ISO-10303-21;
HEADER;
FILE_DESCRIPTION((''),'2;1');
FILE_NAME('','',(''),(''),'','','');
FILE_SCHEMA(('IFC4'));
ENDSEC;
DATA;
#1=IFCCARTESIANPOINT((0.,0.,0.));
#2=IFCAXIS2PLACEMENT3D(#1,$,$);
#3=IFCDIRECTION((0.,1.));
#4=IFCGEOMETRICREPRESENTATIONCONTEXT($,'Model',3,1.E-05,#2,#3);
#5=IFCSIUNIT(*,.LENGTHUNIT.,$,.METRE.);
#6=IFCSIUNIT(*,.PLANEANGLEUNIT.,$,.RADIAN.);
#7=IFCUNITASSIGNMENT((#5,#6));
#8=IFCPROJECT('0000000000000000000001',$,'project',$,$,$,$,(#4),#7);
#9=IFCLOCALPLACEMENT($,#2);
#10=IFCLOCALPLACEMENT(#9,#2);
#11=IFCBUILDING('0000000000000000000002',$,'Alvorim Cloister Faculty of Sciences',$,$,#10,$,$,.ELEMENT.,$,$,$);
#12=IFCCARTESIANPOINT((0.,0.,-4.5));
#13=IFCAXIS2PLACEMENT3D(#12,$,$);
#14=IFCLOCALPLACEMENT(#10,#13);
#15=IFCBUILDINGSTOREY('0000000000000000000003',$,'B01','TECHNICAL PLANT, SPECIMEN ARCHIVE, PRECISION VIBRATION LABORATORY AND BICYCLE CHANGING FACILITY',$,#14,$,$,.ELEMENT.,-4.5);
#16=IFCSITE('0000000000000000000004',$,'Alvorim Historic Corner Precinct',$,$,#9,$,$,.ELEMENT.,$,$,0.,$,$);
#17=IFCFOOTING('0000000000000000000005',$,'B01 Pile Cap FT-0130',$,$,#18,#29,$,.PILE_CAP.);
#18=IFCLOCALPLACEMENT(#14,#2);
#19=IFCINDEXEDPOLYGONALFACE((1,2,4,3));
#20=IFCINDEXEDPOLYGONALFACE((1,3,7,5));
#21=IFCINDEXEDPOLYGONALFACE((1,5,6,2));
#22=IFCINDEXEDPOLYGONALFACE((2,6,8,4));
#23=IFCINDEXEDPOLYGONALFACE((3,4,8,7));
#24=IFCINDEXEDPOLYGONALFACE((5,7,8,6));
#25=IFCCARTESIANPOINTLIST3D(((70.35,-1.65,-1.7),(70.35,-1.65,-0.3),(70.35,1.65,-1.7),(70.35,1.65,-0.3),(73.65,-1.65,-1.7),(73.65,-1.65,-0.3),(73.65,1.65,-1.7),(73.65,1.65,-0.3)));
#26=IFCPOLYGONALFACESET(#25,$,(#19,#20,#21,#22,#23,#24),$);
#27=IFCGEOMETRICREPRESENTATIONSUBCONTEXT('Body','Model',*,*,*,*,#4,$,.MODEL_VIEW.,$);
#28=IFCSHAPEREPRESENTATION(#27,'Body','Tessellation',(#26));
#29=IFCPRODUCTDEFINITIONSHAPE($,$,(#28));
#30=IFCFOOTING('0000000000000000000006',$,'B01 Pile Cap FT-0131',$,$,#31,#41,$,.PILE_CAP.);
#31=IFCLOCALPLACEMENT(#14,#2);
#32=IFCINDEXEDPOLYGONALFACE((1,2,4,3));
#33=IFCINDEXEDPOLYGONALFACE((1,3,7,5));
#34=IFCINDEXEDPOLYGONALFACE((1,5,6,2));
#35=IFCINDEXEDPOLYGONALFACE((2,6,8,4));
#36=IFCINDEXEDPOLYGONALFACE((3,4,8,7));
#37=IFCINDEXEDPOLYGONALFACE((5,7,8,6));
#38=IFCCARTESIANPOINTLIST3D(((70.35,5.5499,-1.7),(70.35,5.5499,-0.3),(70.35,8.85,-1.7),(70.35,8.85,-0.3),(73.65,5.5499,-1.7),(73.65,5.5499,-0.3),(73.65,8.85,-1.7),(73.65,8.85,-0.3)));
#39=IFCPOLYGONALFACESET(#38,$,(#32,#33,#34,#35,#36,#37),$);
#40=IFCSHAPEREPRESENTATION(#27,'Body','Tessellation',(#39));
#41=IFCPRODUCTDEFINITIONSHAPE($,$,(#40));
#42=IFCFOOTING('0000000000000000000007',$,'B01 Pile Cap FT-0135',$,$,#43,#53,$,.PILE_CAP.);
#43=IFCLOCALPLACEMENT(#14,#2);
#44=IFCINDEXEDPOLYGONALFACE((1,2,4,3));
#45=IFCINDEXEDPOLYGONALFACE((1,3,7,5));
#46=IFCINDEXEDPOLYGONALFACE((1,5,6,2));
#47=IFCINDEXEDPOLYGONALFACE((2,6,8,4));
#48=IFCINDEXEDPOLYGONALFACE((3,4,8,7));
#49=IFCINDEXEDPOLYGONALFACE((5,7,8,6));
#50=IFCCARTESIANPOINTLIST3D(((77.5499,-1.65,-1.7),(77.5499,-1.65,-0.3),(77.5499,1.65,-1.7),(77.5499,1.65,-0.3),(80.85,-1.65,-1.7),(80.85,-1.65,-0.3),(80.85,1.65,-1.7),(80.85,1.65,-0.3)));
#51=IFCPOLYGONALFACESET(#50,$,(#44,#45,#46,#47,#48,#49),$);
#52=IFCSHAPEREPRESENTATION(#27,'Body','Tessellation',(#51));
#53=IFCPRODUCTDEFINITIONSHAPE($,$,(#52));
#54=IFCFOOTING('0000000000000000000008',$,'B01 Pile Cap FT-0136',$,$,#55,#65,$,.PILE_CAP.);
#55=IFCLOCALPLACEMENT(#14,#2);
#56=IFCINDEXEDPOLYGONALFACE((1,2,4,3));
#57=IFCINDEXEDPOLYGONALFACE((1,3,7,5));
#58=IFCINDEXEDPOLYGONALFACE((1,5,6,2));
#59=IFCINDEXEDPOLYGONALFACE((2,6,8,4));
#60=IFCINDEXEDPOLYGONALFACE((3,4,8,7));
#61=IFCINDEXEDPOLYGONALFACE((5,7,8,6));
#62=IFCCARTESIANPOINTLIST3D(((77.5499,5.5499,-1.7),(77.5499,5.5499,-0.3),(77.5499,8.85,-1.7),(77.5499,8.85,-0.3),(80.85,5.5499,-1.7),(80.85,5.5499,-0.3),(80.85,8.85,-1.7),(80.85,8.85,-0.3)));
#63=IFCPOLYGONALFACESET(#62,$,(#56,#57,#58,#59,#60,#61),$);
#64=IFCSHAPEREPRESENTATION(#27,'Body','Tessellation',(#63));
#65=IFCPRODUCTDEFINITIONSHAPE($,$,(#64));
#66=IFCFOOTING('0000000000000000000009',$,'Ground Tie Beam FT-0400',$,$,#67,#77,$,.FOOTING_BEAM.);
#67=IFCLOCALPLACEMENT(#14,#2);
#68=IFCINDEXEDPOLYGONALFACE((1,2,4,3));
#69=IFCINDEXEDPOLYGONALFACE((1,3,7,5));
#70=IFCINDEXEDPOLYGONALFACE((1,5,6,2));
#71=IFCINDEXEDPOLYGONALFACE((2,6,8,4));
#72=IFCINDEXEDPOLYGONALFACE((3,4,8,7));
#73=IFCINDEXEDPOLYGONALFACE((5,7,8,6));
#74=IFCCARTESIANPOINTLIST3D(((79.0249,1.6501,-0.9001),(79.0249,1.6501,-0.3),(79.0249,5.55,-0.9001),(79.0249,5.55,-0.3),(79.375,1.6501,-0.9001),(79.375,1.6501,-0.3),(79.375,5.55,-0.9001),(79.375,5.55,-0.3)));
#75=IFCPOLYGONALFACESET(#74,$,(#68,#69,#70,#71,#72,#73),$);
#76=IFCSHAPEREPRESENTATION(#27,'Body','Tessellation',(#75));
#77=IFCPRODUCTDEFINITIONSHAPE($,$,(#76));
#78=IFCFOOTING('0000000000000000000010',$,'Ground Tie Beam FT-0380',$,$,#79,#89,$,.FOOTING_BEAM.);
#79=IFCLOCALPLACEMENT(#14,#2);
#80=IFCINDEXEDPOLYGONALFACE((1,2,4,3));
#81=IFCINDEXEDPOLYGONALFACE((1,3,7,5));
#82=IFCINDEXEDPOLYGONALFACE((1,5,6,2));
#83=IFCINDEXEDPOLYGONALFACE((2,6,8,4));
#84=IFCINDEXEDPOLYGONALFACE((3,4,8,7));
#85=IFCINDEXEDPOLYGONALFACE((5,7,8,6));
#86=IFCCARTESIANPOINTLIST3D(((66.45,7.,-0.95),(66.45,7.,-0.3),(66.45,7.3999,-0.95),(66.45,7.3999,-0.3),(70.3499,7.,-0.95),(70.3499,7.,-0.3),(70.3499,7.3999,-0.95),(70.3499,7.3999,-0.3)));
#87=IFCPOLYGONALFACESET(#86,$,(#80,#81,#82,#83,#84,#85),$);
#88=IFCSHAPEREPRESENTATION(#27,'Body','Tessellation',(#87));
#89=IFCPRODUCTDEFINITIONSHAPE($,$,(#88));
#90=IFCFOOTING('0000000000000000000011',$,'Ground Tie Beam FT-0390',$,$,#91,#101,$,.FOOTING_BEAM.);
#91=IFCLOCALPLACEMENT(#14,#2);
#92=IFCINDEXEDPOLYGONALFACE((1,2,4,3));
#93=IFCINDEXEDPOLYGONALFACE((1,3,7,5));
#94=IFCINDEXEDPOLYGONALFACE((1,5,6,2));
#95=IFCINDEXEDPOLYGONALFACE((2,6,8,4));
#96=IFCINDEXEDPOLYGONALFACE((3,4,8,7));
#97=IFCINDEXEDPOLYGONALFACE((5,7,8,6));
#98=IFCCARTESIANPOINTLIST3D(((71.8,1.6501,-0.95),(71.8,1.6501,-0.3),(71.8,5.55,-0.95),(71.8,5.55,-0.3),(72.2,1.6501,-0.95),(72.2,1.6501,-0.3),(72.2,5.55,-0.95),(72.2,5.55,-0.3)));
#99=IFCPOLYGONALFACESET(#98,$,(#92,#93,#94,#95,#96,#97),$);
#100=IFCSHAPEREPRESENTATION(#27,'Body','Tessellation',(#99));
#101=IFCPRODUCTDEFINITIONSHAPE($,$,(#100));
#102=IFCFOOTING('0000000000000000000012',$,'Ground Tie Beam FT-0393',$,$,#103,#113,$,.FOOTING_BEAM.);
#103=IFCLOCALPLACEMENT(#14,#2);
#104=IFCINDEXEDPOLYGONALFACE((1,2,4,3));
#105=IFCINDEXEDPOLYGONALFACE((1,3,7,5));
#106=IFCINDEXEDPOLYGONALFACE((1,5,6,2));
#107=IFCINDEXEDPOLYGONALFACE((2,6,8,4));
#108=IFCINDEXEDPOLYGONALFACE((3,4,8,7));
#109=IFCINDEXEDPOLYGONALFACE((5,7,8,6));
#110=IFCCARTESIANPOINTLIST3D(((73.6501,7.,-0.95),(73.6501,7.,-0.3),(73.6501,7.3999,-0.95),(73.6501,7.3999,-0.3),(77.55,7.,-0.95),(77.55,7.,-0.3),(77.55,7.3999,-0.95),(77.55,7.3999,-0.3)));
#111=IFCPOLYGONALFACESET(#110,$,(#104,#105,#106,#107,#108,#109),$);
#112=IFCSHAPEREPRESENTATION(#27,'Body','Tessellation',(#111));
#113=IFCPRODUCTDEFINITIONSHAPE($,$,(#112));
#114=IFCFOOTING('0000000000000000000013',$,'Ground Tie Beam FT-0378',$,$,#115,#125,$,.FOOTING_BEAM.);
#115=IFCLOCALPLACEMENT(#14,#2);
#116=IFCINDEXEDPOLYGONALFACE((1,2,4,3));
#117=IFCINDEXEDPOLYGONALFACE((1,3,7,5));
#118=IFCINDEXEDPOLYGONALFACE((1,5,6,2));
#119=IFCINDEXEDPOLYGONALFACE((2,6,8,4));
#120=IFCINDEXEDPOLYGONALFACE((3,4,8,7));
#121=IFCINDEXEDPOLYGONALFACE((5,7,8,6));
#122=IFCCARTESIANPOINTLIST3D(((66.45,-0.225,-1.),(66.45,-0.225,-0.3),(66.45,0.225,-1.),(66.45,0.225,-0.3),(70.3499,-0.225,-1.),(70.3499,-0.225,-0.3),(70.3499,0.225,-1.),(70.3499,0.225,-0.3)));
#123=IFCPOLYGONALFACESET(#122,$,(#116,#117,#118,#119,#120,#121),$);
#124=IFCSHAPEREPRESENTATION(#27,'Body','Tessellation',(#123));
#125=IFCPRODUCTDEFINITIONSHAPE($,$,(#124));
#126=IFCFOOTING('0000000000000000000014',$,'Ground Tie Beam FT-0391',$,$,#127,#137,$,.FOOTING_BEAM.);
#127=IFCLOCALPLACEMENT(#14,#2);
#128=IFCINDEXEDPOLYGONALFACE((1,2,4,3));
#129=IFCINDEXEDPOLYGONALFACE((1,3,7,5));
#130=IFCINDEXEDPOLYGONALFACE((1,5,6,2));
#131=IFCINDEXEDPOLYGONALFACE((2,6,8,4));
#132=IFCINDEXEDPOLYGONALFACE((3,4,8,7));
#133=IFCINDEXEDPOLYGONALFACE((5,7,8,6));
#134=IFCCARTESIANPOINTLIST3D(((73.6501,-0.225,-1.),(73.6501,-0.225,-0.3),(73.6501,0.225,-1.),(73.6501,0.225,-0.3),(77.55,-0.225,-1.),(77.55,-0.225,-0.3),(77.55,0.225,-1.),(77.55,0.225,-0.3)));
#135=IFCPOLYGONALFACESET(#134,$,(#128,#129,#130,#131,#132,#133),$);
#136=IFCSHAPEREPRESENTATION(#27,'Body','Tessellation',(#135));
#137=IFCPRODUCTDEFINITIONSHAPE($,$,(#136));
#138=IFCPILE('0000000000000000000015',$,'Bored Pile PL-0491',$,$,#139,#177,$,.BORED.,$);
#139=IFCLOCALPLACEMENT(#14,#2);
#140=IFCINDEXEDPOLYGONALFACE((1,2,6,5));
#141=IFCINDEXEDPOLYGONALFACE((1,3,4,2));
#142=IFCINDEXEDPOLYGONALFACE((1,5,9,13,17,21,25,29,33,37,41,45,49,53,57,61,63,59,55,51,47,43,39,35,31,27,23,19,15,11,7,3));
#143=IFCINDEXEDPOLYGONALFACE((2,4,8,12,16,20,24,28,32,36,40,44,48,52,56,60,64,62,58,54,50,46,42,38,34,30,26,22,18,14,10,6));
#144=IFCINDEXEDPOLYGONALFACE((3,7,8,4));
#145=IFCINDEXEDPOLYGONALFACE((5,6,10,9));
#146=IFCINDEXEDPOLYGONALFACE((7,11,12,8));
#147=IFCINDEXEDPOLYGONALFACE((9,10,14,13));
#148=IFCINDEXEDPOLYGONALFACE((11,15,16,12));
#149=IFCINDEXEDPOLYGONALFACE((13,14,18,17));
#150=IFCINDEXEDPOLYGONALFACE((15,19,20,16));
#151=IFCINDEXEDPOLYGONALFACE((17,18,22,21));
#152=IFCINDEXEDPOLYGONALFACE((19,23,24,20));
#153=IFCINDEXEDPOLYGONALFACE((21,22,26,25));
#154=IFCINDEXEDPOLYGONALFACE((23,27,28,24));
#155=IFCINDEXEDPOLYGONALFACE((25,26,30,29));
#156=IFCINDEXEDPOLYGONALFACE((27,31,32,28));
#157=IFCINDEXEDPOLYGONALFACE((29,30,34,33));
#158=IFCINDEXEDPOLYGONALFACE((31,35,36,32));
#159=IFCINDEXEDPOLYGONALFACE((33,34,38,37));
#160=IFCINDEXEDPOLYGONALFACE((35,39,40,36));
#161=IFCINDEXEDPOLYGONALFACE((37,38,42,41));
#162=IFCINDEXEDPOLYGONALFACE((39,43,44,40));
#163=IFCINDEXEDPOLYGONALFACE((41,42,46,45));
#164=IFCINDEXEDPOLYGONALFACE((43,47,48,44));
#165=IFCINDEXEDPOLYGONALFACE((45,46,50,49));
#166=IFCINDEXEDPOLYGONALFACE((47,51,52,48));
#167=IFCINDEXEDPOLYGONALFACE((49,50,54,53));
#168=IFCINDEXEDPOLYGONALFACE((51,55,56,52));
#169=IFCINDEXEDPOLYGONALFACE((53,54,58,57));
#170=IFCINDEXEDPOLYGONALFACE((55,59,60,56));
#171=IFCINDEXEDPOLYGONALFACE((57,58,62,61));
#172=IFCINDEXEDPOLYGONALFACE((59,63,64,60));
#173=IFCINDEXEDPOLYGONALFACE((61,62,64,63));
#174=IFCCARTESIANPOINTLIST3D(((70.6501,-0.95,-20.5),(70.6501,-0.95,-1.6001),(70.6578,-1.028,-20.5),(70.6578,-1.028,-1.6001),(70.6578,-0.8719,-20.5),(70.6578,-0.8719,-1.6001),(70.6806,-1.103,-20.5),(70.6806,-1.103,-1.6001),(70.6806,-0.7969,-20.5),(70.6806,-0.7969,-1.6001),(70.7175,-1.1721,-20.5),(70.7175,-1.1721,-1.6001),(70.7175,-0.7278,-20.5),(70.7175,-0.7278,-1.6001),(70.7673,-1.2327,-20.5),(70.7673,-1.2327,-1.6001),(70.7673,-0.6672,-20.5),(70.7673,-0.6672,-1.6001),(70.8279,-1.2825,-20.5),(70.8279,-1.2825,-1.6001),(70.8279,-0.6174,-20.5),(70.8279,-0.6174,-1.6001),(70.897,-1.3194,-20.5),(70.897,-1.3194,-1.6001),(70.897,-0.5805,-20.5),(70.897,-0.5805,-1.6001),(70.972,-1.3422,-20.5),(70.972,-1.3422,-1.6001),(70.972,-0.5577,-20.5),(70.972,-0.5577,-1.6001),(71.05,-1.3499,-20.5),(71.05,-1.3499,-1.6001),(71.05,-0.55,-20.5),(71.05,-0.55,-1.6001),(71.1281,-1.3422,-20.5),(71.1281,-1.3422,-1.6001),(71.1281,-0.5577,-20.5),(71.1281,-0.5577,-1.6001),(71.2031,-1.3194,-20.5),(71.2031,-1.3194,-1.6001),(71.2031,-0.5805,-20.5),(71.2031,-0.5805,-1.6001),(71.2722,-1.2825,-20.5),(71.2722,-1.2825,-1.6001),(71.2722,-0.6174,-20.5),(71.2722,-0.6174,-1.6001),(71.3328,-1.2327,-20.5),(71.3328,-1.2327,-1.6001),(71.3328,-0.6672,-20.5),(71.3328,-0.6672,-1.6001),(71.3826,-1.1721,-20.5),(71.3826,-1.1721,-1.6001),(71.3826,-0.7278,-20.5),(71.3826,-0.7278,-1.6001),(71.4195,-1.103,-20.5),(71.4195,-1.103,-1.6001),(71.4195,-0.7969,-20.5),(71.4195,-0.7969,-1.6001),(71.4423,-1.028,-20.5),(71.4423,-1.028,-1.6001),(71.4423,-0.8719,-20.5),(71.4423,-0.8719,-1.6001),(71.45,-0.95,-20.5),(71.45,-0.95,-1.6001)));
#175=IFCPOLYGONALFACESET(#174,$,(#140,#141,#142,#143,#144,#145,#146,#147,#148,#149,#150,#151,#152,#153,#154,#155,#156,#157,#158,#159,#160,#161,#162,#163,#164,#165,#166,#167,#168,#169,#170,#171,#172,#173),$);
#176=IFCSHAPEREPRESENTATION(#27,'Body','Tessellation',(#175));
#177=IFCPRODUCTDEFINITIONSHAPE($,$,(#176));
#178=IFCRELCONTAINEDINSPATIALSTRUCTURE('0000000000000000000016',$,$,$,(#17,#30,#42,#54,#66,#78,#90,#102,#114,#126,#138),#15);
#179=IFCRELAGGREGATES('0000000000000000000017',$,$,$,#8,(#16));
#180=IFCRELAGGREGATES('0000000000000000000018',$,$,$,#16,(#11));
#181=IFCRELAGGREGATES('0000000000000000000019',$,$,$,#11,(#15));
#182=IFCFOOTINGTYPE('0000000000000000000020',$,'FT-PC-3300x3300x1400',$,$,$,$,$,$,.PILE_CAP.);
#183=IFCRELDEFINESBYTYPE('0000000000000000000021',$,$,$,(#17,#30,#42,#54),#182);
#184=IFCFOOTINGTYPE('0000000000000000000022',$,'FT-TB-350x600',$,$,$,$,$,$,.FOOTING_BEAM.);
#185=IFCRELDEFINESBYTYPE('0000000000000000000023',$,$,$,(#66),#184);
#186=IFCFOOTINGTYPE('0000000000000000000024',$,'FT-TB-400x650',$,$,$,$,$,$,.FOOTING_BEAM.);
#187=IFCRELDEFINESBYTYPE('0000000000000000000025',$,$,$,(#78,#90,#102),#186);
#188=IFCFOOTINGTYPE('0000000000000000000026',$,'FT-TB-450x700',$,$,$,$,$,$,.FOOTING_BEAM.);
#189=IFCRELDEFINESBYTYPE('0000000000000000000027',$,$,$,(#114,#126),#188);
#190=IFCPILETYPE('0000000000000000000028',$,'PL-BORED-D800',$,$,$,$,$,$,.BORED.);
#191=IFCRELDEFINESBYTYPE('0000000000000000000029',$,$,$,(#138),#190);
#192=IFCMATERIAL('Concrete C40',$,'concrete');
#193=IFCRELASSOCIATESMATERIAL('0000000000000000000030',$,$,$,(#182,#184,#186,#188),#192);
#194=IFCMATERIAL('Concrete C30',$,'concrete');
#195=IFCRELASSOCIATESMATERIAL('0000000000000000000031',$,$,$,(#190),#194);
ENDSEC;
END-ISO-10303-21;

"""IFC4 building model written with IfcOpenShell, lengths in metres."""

from ifc_helpers import new_model, si_unit, direction, frame, origin, origin_2d, place, context, subcontext, project, spatial, rectangle, circle, extrude, material, material_profile, profile_set, type_object, element, save


model = new_model("IFC4")

# Units and contexts
model_context = context("Model", 3, precision=1e-05, world=origin(), true_north=direction((0.0, 1.0)))
body_context = subcontext(model_context, "Body", "Model", "MODEL_VIEW")
ifc_project = project(units=[si_unit("LENGTHUNIT", "METRE"), si_unit("PLANEANGLEUNIT", "RADIAN")], contexts=[model_context])

# Site, building, storey
site_placement = place(None, origin())
site = spatial("IfcSite", under=ifc_project, at=site_placement, Name="Alvorim Historic Corner Precinct", CompositionType="ELEMENT", RefElevation=0.0)
building_placement = place(site_placement, origin())
building = spatial("IfcBuilding", under=site, at=building_placement, Name="Alvorim Cloister Faculty of Sciences", CompositionType="ELEMENT")
storey_placement = place(building_placement, frame((0.0, 0.0, -4.5)))
storey = spatial("IfcBuildingStorey", under=building, at=storey_placement, Name="B01", Description="TECHNICAL PLANT, SPECIMEN ARCHIVE, PRECISION VIBRATION LABORATORY AND BICYCLE CHANGING FACILITY", CompositionType="ELEMENT", Elevation=-4.5)

# Footings
ifc_material_1 = material(Name="Concrete C40", Category="concrete")
footing_type_1 = type_object("IfcFootingType", Name="FT-PC-3300x3300x1400", PredefinedType="PILE_CAP", material=ifc_material_1)
for number, where, z_axis, x_axis, name in (
    (1, (72.0, 0.0, -1.7), (0.0, 0.0, 1.0), (1.0, 0.0, 0.0), "B01 Pile Cap FT-0130"),
    (2, (72.0, 7.2, -1.7), (0.0, 0.0, 1.0), (1.0, 0.0, 0.0), "B01 Pile Cap FT-0131"),
    (3, (79.2, 0.0, -1.7), (0.0, 0.0, 1.0), (1.0, 0.0, 0.0), "B01 Pile Cap FT-0135"),
    (4, (79.2, 7.2, -1.7), (0.0, 0.0, 1.0), (1.0, 0.0, 0.0), "B01 Pile Cap FT-0136"),
):
    element("IfcFooting", number, at=place(storey_placement, frame(where, z_axis=z_axis, x_axis=x_axis)), inside=storey, type_object=footing_type_1, Name=name, PredefinedType="PILE_CAP", context=body_context, shape_type="SweptSolid", body=[
        extrude(rectangle(XDim=3.3, YDim=3.3, at=origin_2d()), origin(), (0.0, 0.0, 1.0), 1.3999),
    ])
footing_type_2 = type_object("IfcFootingType", Name="FT-TB-350x600", PredefinedType="FOOTING_BEAM", material=ifc_material_1)
footing_1_placement = place(storey_placement, frame((79.2, 3.6001, -0.9001), z_axis=(0.0, 0.0, 1.0), x_axis=(1.0, 0.0, 0.0)))
element("IfcFooting", 5, at=footing_1_placement, inside=storey, type_object=footing_type_2, Name="Ground Tie Beam FT-0400", PredefinedType="FOOTING_BEAM", context=body_context, shape_type="SweptSolid", body=[
    extrude(rectangle(XDim=0.3501, YDim=3.8999, at=origin_2d()), origin(), (0.0, 0.0, 1.0), 0.6001),
])
footing_type_3 = type_object("IfcFootingType", Name="FT-TB-400x650", PredefinedType="FOOTING_BEAM", material=ifc_material_1)
footing_2_placement = place(storey_placement, frame((68.3999, 7.2, -0.95), z_axis=(0.0, 0.0, 1.0), x_axis=(1.0, 0.0, 0.0)))
element("IfcFooting", 6, at=footing_2_placement, inside=storey, type_object=footing_type_3, Name="Ground Tie Beam FT-0380", PredefinedType="FOOTING_BEAM", context=body_context, shape_type="SweptSolid", body=[
    extrude(rectangle(XDim=3.8999, YDim=0.3999, at=origin_2d()), origin(), (0.0, 0.0, 1.0), 0.6499),
])
footing_3_placement = place(storey_placement, frame((72.0, 3.6001, -0.95), z_axis=(0.0, 0.0, 1.0), x_axis=(1.0, 0.0, 0.0)))
element("IfcFooting", 7, at=footing_3_placement, inside=storey, type_object=footing_type_3, Name="Ground Tie Beam FT-0390", PredefinedType="FOOTING_BEAM", context=body_context, shape_type="SweptSolid", body=[
    extrude(rectangle(XDim=0.3999, YDim=3.8999, at=origin_2d()), origin(), (0.0, 0.0, 1.0), 0.6499),
])
footing_4_placement = place(storey_placement, frame((75.6001, 7.2, -0.95), z_axis=(0.0, 0.0, 1.0), x_axis=(1.0, 0.0, 0.0)))
element("IfcFooting", 8, at=footing_4_placement, inside=storey, type_object=footing_type_3, Name="Ground Tie Beam FT-0393", PredefinedType="FOOTING_BEAM", context=body_context, shape_type="SweptSolid", body=[
    extrude(rectangle(XDim=3.8999, YDim=0.3999, at=origin_2d()), origin(), (0.0, 0.0, 1.0), 0.6499),
])
footing_type_4 = type_object("IfcFootingType", Name="FT-TB-450x700", PredefinedType="FOOTING_BEAM", material=ifc_material_1)
for number, where, z_axis, x_axis, name in (
    (9, (68.3999, 0.0, -1.0), (0.0, 0.0, 1.0), (1.0, 0.0, 0.0), "Ground Tie Beam FT-0378"),
    (10, (75.6001, 0.0, -1.0), (0.0, 0.0, 1.0), (1.0, 0.0, 0.0), "Ground Tie Beam FT-0391"),
):
    element("IfcFooting", number, at=place(storey_placement, frame(where, z_axis=z_axis, x_axis=x_axis)), inside=storey, type_object=footing_type_4, Name=name, PredefinedType="FOOTING_BEAM", context=body_context, shape_type="SweptSolid", body=[
        extrude(rectangle(XDim=3.8999, YDim=0.45, at=origin_2d()), origin(), (0.0, 0.0, 1.0), 0.7),
    ])

# Pile
ifc_material_2 = material(Name="Concrete C30", Category="concrete")
ifc_material_profile_1 = material_profile(ifc_material_2, circle(Radius=0.3999, at=origin_2d()), Name="PILE-D800")
ifc_profile_set_1 = profile_set([ifc_material_profile_1], Name="Concrete C30")
pile_type = type_object("IfcPileType", Name="PL-BORED-D800", PredefinedType="BORED", material=ifc_profile_set_1)
for number, where, z_axis, x_axis, name in (
    (11, (71.05, -0.95, -1.6001), (0.0, 0.0, -1.0), (1.0, 0.0, 0.0), "Bored Pile PL-0491"),
):
    element("IfcPile", number, at=place(storey_placement, frame(where, z_axis=z_axis, x_axis=x_axis)), inside=storey, type_object=pile_type, Name=name, PredefinedType="BORED", context=body_context, shape_type="SweptSolid", body=[
        extrude(circle(Radius=0.3999, at=origin_2d()), origin(), (0.0, 0.0, 1.0), 18.8999),
    ])

save(model, "model.ifc")
